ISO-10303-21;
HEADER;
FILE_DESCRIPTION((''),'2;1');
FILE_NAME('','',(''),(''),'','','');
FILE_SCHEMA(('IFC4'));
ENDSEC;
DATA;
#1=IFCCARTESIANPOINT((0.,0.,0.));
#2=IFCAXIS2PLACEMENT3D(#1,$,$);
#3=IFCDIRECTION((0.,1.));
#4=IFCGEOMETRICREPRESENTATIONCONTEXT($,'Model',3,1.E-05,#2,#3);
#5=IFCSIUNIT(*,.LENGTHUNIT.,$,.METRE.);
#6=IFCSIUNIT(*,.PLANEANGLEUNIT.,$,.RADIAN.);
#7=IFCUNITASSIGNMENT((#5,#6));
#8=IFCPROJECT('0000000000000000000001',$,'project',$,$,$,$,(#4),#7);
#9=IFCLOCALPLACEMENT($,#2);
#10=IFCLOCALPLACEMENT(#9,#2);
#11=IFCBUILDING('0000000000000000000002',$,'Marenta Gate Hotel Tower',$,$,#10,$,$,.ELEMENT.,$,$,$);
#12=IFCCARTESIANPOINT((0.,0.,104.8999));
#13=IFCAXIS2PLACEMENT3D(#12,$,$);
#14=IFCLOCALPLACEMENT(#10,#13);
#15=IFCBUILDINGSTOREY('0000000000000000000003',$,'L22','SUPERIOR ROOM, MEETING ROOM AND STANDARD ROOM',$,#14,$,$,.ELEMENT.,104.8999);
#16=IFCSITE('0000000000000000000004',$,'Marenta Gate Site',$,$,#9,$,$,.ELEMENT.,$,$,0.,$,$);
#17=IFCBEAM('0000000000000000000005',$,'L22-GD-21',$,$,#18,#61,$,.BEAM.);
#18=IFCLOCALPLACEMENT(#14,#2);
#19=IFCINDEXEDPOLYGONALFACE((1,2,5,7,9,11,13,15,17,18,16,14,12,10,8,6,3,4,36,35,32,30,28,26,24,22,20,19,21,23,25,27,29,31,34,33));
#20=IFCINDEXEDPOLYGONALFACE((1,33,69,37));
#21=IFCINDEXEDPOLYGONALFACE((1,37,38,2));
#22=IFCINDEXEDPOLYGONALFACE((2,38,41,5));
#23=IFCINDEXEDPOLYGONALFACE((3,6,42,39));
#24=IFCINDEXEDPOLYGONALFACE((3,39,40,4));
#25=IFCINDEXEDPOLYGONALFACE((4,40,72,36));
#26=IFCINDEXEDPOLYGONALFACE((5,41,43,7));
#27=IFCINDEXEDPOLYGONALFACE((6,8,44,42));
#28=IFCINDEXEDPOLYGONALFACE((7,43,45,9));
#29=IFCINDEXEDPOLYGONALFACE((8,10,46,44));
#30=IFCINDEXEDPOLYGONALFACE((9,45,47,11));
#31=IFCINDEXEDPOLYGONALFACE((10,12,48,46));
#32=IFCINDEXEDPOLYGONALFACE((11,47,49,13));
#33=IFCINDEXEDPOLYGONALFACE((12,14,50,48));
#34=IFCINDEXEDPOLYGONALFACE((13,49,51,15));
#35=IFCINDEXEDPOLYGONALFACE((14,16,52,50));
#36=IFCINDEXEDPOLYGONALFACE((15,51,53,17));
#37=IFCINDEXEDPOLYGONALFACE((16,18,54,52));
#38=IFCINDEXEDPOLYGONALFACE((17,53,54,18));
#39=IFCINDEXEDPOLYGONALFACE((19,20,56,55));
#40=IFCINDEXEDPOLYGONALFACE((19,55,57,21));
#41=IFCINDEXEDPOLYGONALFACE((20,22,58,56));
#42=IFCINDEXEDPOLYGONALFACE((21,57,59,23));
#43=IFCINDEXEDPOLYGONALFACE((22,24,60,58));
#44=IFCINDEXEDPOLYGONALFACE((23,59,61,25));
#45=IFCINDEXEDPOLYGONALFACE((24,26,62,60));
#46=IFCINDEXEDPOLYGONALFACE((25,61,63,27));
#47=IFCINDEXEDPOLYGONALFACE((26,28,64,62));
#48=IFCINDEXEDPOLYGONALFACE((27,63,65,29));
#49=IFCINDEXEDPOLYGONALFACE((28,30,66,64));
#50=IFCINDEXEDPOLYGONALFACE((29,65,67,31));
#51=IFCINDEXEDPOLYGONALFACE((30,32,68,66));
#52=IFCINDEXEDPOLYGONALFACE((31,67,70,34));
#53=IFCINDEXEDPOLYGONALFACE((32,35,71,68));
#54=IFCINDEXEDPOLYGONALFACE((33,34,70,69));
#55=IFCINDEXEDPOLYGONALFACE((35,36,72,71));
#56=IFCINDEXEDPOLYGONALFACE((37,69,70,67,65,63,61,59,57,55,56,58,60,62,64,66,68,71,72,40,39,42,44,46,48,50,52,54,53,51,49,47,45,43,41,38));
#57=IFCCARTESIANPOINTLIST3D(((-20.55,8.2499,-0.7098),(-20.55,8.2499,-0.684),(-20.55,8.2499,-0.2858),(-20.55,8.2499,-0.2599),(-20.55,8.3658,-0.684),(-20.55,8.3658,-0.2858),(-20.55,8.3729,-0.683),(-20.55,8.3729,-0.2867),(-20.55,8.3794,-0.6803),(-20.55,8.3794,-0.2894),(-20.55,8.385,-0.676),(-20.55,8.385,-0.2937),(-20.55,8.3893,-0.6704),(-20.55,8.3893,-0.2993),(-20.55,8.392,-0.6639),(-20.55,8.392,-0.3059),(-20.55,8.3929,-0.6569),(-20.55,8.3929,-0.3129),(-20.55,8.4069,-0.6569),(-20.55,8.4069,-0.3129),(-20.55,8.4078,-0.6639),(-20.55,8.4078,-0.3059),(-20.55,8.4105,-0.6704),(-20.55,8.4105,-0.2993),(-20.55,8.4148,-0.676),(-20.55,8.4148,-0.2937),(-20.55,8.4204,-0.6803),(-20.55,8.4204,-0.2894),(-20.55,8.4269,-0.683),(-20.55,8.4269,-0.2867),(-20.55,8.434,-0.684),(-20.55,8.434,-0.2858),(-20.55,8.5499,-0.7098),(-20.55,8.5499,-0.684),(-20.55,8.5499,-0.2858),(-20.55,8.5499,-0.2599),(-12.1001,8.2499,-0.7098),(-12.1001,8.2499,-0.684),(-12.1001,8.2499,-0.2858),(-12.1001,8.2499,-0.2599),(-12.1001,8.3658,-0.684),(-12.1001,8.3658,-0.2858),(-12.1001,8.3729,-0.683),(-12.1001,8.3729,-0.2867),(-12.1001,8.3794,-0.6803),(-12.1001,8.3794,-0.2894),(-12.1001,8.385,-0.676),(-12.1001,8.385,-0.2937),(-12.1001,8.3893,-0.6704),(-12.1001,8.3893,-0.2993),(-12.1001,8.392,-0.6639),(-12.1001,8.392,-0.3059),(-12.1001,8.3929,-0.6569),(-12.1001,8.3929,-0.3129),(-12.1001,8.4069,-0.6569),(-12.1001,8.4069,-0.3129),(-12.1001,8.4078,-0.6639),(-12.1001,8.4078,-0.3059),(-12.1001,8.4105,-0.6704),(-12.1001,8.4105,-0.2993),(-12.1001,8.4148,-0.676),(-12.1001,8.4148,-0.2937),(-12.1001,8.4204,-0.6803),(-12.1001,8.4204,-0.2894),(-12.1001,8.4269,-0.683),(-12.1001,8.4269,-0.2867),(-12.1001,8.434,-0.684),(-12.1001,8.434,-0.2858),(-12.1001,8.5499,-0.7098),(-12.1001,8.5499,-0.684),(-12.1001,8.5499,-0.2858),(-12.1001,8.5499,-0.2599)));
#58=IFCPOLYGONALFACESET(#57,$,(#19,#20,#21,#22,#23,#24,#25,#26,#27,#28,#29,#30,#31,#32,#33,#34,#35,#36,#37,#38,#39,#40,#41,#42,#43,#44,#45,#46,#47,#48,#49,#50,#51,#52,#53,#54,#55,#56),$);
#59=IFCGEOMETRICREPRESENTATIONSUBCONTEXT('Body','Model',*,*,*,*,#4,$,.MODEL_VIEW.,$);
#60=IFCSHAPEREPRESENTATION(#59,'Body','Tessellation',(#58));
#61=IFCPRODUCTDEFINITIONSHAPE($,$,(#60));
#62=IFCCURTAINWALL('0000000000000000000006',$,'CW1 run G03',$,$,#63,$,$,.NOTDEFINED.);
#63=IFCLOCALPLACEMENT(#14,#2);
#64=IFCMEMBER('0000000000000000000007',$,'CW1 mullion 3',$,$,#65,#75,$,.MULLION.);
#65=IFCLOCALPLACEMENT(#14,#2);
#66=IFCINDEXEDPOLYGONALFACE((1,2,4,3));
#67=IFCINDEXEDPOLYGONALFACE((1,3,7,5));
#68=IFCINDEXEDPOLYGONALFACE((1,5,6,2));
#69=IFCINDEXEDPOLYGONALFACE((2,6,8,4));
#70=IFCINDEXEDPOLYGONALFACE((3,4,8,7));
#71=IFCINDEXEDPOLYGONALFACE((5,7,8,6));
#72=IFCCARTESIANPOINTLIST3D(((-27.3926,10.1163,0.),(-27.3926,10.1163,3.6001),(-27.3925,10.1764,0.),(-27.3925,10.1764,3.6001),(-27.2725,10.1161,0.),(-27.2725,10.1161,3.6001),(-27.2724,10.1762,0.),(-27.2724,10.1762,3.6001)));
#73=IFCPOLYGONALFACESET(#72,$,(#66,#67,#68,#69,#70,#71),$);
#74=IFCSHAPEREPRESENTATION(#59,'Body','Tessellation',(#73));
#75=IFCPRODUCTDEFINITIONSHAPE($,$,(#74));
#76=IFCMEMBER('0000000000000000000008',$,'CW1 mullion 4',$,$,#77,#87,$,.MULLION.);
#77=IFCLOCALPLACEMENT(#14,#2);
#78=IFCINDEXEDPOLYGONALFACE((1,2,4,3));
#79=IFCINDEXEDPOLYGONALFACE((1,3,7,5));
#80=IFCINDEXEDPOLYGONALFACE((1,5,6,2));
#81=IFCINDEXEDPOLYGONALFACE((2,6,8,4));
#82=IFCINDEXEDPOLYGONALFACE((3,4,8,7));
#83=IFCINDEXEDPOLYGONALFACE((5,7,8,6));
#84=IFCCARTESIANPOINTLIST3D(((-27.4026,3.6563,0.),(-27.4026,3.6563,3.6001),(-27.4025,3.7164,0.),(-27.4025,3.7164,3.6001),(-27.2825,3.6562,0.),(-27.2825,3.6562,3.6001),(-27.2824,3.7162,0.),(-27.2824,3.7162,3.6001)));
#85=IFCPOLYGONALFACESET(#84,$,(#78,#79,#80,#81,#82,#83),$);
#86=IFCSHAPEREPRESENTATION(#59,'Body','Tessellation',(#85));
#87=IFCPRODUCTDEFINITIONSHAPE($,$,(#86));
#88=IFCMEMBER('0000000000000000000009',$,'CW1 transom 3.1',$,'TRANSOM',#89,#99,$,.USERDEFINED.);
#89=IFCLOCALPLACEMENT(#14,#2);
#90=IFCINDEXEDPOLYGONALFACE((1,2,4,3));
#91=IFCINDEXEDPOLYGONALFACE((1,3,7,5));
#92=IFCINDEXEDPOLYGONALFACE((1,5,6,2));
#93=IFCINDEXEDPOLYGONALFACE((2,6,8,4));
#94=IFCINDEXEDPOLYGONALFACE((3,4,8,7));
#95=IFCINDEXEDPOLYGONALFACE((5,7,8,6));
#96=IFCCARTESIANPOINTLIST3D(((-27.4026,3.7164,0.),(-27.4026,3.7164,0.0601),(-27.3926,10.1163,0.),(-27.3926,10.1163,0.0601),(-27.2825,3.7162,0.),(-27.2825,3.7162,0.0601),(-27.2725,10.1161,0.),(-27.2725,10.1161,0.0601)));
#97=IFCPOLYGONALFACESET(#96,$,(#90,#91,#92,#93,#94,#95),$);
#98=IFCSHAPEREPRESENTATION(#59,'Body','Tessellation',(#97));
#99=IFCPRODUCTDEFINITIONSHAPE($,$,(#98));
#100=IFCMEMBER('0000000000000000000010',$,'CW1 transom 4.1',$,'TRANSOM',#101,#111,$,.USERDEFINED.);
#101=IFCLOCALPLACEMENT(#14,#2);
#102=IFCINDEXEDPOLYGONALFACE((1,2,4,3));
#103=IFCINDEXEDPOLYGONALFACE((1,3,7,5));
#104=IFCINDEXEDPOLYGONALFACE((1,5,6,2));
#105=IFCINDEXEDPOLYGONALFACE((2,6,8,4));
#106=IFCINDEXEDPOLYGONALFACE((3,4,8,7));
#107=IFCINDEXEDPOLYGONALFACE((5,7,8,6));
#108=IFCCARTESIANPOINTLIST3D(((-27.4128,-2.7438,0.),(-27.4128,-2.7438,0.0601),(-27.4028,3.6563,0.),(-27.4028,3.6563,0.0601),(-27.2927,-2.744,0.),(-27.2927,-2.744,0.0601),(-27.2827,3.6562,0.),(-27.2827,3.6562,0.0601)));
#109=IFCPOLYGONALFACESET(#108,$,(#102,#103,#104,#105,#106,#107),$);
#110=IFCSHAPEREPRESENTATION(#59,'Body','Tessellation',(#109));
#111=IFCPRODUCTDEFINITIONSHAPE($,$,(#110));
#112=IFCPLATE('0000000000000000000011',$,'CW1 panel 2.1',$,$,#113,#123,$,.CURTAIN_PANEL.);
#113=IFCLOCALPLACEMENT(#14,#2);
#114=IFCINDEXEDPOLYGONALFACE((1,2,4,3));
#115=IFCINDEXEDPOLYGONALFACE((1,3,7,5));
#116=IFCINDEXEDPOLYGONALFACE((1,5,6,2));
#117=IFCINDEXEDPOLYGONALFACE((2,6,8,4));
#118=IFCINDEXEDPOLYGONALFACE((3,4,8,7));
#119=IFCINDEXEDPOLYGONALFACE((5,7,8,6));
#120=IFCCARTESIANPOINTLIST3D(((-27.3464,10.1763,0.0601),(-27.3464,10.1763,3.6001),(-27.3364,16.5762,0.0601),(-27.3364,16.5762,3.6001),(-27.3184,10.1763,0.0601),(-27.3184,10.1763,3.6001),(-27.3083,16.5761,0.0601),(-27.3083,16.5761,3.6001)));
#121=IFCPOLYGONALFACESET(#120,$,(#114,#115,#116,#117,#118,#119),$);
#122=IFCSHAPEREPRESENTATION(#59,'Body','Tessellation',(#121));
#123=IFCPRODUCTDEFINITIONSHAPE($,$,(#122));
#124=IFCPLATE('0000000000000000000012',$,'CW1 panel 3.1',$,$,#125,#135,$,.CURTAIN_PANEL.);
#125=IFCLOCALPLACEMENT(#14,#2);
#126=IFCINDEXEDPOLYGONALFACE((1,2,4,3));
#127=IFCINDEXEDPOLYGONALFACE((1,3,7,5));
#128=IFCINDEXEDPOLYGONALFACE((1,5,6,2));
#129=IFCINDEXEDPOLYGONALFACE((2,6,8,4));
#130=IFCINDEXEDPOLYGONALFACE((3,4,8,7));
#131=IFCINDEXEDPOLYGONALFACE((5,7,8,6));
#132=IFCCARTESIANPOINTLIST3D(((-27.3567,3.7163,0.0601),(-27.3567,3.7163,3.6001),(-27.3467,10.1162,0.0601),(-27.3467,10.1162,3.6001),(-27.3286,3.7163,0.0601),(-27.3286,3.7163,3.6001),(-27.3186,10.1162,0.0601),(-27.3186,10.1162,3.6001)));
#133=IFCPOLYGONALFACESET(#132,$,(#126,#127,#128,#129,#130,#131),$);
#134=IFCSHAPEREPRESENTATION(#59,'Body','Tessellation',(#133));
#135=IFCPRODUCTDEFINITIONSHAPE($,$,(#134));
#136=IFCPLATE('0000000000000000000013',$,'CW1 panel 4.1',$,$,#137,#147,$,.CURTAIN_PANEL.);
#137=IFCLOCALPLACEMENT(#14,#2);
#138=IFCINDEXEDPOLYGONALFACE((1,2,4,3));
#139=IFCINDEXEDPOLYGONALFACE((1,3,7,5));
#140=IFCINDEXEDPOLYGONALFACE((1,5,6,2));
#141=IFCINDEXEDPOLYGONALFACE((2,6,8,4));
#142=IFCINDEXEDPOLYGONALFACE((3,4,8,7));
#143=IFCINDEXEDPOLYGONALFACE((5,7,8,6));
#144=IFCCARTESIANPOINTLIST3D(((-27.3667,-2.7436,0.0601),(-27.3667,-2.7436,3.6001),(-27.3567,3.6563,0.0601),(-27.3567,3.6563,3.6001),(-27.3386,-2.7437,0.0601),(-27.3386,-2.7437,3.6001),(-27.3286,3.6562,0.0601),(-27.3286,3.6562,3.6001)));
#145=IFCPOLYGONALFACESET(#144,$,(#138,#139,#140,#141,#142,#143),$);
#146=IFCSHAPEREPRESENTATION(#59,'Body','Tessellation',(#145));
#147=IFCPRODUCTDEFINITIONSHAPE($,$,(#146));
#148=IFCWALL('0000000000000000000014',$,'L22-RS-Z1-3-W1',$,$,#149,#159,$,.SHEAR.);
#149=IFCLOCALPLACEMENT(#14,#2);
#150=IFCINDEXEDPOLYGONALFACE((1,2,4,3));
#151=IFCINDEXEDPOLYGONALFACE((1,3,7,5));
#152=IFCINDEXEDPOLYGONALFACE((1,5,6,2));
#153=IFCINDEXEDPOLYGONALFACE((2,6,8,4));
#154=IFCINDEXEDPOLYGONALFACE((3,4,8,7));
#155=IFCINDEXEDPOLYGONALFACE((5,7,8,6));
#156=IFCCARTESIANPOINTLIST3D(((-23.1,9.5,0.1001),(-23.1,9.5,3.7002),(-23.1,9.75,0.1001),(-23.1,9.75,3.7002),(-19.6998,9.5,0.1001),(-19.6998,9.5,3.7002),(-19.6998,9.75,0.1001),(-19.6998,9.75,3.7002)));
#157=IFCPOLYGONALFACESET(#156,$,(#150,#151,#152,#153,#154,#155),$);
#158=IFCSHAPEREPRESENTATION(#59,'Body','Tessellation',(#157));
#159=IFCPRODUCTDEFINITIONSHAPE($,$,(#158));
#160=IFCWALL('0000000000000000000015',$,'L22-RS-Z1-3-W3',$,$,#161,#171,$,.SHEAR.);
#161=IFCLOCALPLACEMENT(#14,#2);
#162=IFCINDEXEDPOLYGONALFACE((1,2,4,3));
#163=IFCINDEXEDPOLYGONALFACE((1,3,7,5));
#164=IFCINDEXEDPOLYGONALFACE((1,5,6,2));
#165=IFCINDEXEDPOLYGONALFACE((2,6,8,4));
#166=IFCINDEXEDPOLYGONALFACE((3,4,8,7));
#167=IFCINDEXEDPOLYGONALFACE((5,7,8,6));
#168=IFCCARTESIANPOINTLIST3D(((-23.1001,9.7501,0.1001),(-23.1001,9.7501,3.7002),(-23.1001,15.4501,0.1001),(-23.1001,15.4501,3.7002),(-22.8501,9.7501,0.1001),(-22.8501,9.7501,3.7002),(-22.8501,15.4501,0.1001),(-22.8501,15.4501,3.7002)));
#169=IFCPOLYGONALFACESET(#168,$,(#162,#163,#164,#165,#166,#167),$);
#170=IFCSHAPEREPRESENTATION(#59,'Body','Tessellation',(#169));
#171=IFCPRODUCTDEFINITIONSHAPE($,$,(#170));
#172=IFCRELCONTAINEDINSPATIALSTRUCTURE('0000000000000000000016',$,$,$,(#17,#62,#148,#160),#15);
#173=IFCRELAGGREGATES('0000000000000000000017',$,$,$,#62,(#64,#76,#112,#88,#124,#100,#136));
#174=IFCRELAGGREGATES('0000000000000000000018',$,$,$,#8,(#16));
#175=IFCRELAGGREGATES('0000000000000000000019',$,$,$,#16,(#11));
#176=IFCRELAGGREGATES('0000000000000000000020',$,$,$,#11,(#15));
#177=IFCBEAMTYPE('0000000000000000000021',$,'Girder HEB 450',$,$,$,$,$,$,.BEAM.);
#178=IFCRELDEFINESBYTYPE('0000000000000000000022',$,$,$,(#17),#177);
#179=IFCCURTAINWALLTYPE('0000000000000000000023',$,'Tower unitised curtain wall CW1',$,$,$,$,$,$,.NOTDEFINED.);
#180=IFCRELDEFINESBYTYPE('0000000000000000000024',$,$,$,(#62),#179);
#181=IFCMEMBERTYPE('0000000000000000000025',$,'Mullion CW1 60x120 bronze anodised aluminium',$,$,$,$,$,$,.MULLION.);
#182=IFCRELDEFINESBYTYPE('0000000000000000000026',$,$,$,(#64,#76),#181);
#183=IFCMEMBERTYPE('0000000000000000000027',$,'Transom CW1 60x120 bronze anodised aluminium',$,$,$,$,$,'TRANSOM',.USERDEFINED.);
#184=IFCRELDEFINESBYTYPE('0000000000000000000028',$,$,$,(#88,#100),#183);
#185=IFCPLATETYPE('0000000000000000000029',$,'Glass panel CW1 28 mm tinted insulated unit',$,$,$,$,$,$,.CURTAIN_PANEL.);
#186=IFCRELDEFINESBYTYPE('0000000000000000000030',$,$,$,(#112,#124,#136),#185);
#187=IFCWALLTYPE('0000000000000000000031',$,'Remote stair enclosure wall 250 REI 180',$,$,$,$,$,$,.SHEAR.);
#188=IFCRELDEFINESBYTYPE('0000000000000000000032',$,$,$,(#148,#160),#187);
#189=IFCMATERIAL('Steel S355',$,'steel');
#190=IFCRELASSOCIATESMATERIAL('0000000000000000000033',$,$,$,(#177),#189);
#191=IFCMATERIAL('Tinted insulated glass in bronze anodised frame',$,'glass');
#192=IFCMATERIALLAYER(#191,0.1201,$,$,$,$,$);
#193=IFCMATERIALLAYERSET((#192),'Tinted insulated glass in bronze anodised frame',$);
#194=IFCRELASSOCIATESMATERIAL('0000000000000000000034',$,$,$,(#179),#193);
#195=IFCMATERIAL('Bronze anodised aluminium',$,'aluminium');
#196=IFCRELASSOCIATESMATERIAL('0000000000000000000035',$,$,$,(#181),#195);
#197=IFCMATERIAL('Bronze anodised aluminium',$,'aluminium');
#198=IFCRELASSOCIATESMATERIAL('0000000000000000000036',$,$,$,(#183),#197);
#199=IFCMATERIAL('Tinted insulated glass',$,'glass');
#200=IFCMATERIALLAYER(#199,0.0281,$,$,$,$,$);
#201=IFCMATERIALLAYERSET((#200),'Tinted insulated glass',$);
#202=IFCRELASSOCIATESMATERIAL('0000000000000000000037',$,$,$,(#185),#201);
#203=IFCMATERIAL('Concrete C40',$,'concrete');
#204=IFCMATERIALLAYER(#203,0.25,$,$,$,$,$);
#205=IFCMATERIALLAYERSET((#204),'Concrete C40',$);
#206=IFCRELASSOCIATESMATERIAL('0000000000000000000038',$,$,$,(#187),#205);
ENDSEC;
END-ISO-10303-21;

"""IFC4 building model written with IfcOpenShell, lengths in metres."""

from ifc_helpers import new_model, si_unit, direction, frame, frame_2d, origin, origin_2d, place, context, subcontext, project, spatial, rectangle, i_section, extrude, material, layer, layer_set, material_profile, profile_set, type_object, element, aggregate, save


model = new_model("IFC4")

# Units and contexts
model_context = context("Model", 3, precision=1e-05, world=origin(), true_north=direction((0.0, 1.0)))
body_context = subcontext(model_context, "Body", "Model", "MODEL_VIEW")
ifc_project = project(units=[si_unit("LENGTHUNIT", "METRE"), si_unit("PLANEANGLEUNIT", "RADIAN")], contexts=[model_context])

# Site, building, storey
site_placement = place(None, origin())
site = spatial("IfcSite", under=ifc_project, at=site_placement, Name="Marenta Gate Site", CompositionType="ELEMENT", RefElevation=0.0)
building_placement = place(site_placement, origin())
building = spatial("IfcBuilding", under=site, at=building_placement, Name="Marenta Gate Hotel Tower", CompositionType="ELEMENT")
storey_placement = place(building_placement, frame((0.0, 0.0, 104.8999)))
storey = spatial("IfcBuildingStorey", under=building, at=storey_placement, Name="L22", Description="SUPERIOR ROOM, MEETING ROOM AND STANDARD ROOM", CompositionType="ELEMENT", Elevation=104.8999)

# Beam
ifc_material_1 = material(Name="Steel S355", Category="steel")
ifc_material_profile_1 = material_profile(ifc_material_1, i_section(OverallWidth=0.3, OverallDepth=0.45, WebThickness=0.0139, FlangeThickness=0.0259, FilletRadius=0.0271, at=origin_2d()), Name="HEB 450")
ifc_profile_set_1 = profile_set([ifc_material_profile_1], Name="Steel S355")
beam_type_1 = type_object("IfcBeamType", Name="Girder HEB 450", PredefinedType="BEAM", material=ifc_profile_set_1)
beam_1_placement = place(storey_placement, frame((-20.55, 8.3999, -0.4849), z_axis=(1.0, 0.0, 0.0), x_axis=(0.0, 1.0, 0.0)))
element("IfcBeam", 1, at=beam_1_placement, inside=storey, type_object=beam_type_1, Name="L22-GD-21", PredefinedType="BEAM", context=body_context, shape_type="SweptSolid", body=[
    extrude(i_section(OverallWidth=0.3, OverallDepth=0.45, WebThickness=0.0139, FlangeThickness=0.0259, FilletRadius=0.0271, at=origin_2d()), origin(), (0.0, 0.0, 1.0), 8.45),
])

# Curtain wall, members, plates
ifc_material_2 = material(Name="Tinted insulated glass in bronze anodised frame", Category="glass")
ifc_layer_1 = layer(ifc_material_2, 0.1201)
ifc_layer_set_1 = layer_set([ifc_layer_1], Name="Tinted insulated glass in bronze anodised frame")
curtain_wall_type = type_object("IfcCurtainWallType", Name="Tower unitised curtain wall CW1", PredefinedType="NOTDEFINED", material=ifc_layer_set_1)
curtain_wall_placement = place(storey_placement, origin())
curtain_wall = element("IfcCurtainWall", 2, at=curtain_wall_placement, inside=storey, type_object=curtain_wall_type, Name="CW1 run G03", PredefinedType="NOTDEFINED")
ifc_material_3 = material(Name="Bronze anodised aluminium", Category="aluminium")
ifc_material_profile_2 = material_profile(ifc_material_3, rectangle(XDim=0.1201, YDim=0.0601, at=origin_2d()), Name="Mullion CW1 60x120 bronze anodised aluminium")
ifc_profile_set_2 = profile_set([ifc_material_profile_2], Name="Bronze anodised aluminium")
member_type_1 = type_object("IfcMemberType", Name="Mullion CW1 60x120 bronze anodised aluminium", PredefinedType="MULLION", material=ifc_profile_set_2)
member_1_placement = place(storey_placement, frame((-27.3325, 10.1462, 0.0), z_axis=(0.0, 0.0, 1.0), x_axis=(0.999999, -0.001566, 0.0)))
member_1 = element("IfcMember", 3, at=member_1_placement, type_object=member_type_1, Name="CW1 mullion 3", PredefinedType="MULLION", context=body_context, shape_type="SweptSolid", body=[
    extrude(rectangle(XDim=0.1201, YDim=0.0601, at=origin_2d()), origin(), (0.0, 0.0, 1.0), 3.6001),
])
member_2_placement = place(storey_placement, frame((-27.3425, 3.6863, 0.0), z_axis=(0.0, 0.0, 1.0), x_axis=(0.999999, -0.001566, 0.0)))
member_2 = element("IfcMember", 4, at=member_2_placement, type_object=member_type_1, Name="CW1 mullion 4", PredefinedType="MULLION", context=body_context, shape_type="SweptSolid", body=[
    extrude(rectangle(XDim=0.1201, YDim=0.0601, at=origin_2d()), origin(), (0.0, 0.0, 1.0), 3.6001),
])
ifc_material_4 = material(Name="Bronze anodised aluminium", Category="aluminium")
ifc_material_profile_3 = material_profile(ifc_material_4, rectangle(XDim=0.1201, YDim=0.0601, at=origin_2d()), Name="Transom CW1 60x120 bronze anodised aluminium")
ifc_profile_set_3 = profile_set([ifc_material_profile_3], Name="Bronze anodised aluminium")
member_type_2 = type_object("IfcMemberType", Name="Transom CW1 60x120 bronze anodised aluminium", ElementType="TRANSOM", PredefinedType="USERDEFINED", material=ifc_profile_set_3)
member_3_placement = place(storey_placement, frame((-27.3325, 10.1162, 0.03), z_axis=(-0.001564, -0.999999, 0.0), x_axis=(0.999999, -0.001564, 0.0)))
member_3 = element("IfcMember", 5, at=member_3_placement, type_object=member_type_2, Name="CW1 transom 3.1", ObjectType="TRANSOM", PredefinedType="USERDEFINED", context=body_context, shape_type="SweptSolid", body=[
    extrude(rectangle(XDim=0.1201, YDim=0.0601, at=origin_2d()), origin(), (0.0, 0.0, 1.0), 6.3999),
])
member_4_placement = place(storey_placement, frame((-27.3428, 3.6562, 0.03), z_axis=(-0.001564, -0.999999, 0.0), x_axis=(0.999999, -0.001564, 0.0)))
member_4 = element("IfcMember", 6, at=member_4_placement, type_object=member_type_2, Name="CW1 transom 4.1", ObjectType="TRANSOM", PredefinedType="USERDEFINED", context=body_context, shape_type="SweptSolid", body=[
    extrude(rectangle(XDim=0.1201, YDim=0.0601, at=origin_2d()), origin(), (0.0, 0.0, 1.0), 6.4001),
])
ifc_material_5 = material(Name="Tinted insulated glass", Category="glass")
ifc_layer_2 = layer(ifc_material_5, 0.0281)
ifc_layer_set_2 = layer_set([ifc_layer_2], Name="Tinted insulated glass")
plate_type = type_object("IfcPlateType", Name="Glass panel CW1 28 mm tinted insulated unit", PredefinedType="CURTAIN_PANEL", material=ifc_layer_set_2)
plate_1_placement = place(storey_placement, frame((-27.3274, 13.3762, 0.0601), z_axis=(0.0, 0.0, 1.0), x_axis=(-0.001566, -0.999999, 0.0)))
plate_1 = element("IfcPlate", 7, at=plate_1_placement, type_object=plate_type, Name="CW1 panel 2.1", PredefinedType="CURTAIN_PANEL", context=body_context, shape_type="SweptSolid", body=[
    extrude(rectangle(XDim=6.3999, YDim=0.0281, at=origin_2d()), origin(), (0.0, 0.0, 1.0), 3.54),
])
plate_2_placement = place(storey_placement, frame((-27.3376, 6.9163, 0.0601), z_axis=(0.0, 0.0, 1.0), x_axis=(-0.001566, -0.999999, 0.0)))
plate_2 = element("IfcPlate", 8, at=plate_2_placement, type_object=plate_type, Name="CW1 panel 3.1", PredefinedType="CURTAIN_PANEL", context=body_context, shape_type="SweptSolid", body=[
    extrude(rectangle(XDim=6.3999, YDim=0.0281, at=origin_2d()), origin(), (0.0, 0.0, 1.0), 3.54),
])
plate_3_placement = place(storey_placement, frame((-27.3477, 0.4563, 0.0601), z_axis=(0.0, 0.0, 1.0), x_axis=(-0.001566, -0.999999, 0.0)))
plate_3 = element("IfcPlate", 9, at=plate_3_placement, type_object=plate_type, Name="CW1 panel 4.1", PredefinedType="CURTAIN_PANEL", context=body_context, shape_type="SweptSolid", body=[
    extrude(rectangle(XDim=6.3999, YDim=0.0281, at=origin_2d()), origin(), (0.0, 0.0, 1.0), 3.54),
])
aggregate(curtain_wall, [member_1, member_2, plate_1, member_3, plate_2, member_4, plate_3])

# Walls
ifc_material_6 = material(Name="Concrete C40", Category="concrete")
ifc_layer_3 = layer(ifc_material_6, 0.25)
ifc_layer_set_3 = layer_set([ifc_layer_3], Name="Concrete C40")
wall_type_1 = type_object("IfcWallType", Name="Remote stair enclosure wall 250 REI 180", PredefinedType="SHEAR", material=ifc_layer_set_3)
wall_1_placement = place(storey_placement, frame((-23.1001, 9.625, 0.1001), z_axis=(0.0, 0.0, 1.0), x_axis=(1.0, 0.0, 0.0)))
element("IfcWall", 10, at=wall_1_placement, inside=storey, type_object=wall_type_1, Name="L22-RS-Z1-3-W1", PredefinedType="SHEAR", context=body_context, shape_type="SweptSolid", body=[
    extrude(rectangle(XDim=3.4001, YDim=0.25, at=frame_2d((1.7002, 0.0))), origin(), (0.0, 0.0, 1.0), 3.6001),
])
wall_2_placement = place(storey_placement, frame((-22.9751, 9.75, 0.1001), z_axis=(0.0, 0.0, 1.0), x_axis=(0.0, 1.0, 0.0)))
element("IfcWall", 11, at=wall_2_placement, inside=storey, type_object=wall_type_1, Name="L22-RS-Z1-3-W3", PredefinedType="SHEAR", context=body_context, shape_type="SweptSolid", body=[
    extrude(rectangle(XDim=5.7, YDim=0.25, at=frame_2d((2.8501, 0.0))), origin(), (0.0, 0.0, 1.0), 3.6001),
])

save(model, "model.ifc")
